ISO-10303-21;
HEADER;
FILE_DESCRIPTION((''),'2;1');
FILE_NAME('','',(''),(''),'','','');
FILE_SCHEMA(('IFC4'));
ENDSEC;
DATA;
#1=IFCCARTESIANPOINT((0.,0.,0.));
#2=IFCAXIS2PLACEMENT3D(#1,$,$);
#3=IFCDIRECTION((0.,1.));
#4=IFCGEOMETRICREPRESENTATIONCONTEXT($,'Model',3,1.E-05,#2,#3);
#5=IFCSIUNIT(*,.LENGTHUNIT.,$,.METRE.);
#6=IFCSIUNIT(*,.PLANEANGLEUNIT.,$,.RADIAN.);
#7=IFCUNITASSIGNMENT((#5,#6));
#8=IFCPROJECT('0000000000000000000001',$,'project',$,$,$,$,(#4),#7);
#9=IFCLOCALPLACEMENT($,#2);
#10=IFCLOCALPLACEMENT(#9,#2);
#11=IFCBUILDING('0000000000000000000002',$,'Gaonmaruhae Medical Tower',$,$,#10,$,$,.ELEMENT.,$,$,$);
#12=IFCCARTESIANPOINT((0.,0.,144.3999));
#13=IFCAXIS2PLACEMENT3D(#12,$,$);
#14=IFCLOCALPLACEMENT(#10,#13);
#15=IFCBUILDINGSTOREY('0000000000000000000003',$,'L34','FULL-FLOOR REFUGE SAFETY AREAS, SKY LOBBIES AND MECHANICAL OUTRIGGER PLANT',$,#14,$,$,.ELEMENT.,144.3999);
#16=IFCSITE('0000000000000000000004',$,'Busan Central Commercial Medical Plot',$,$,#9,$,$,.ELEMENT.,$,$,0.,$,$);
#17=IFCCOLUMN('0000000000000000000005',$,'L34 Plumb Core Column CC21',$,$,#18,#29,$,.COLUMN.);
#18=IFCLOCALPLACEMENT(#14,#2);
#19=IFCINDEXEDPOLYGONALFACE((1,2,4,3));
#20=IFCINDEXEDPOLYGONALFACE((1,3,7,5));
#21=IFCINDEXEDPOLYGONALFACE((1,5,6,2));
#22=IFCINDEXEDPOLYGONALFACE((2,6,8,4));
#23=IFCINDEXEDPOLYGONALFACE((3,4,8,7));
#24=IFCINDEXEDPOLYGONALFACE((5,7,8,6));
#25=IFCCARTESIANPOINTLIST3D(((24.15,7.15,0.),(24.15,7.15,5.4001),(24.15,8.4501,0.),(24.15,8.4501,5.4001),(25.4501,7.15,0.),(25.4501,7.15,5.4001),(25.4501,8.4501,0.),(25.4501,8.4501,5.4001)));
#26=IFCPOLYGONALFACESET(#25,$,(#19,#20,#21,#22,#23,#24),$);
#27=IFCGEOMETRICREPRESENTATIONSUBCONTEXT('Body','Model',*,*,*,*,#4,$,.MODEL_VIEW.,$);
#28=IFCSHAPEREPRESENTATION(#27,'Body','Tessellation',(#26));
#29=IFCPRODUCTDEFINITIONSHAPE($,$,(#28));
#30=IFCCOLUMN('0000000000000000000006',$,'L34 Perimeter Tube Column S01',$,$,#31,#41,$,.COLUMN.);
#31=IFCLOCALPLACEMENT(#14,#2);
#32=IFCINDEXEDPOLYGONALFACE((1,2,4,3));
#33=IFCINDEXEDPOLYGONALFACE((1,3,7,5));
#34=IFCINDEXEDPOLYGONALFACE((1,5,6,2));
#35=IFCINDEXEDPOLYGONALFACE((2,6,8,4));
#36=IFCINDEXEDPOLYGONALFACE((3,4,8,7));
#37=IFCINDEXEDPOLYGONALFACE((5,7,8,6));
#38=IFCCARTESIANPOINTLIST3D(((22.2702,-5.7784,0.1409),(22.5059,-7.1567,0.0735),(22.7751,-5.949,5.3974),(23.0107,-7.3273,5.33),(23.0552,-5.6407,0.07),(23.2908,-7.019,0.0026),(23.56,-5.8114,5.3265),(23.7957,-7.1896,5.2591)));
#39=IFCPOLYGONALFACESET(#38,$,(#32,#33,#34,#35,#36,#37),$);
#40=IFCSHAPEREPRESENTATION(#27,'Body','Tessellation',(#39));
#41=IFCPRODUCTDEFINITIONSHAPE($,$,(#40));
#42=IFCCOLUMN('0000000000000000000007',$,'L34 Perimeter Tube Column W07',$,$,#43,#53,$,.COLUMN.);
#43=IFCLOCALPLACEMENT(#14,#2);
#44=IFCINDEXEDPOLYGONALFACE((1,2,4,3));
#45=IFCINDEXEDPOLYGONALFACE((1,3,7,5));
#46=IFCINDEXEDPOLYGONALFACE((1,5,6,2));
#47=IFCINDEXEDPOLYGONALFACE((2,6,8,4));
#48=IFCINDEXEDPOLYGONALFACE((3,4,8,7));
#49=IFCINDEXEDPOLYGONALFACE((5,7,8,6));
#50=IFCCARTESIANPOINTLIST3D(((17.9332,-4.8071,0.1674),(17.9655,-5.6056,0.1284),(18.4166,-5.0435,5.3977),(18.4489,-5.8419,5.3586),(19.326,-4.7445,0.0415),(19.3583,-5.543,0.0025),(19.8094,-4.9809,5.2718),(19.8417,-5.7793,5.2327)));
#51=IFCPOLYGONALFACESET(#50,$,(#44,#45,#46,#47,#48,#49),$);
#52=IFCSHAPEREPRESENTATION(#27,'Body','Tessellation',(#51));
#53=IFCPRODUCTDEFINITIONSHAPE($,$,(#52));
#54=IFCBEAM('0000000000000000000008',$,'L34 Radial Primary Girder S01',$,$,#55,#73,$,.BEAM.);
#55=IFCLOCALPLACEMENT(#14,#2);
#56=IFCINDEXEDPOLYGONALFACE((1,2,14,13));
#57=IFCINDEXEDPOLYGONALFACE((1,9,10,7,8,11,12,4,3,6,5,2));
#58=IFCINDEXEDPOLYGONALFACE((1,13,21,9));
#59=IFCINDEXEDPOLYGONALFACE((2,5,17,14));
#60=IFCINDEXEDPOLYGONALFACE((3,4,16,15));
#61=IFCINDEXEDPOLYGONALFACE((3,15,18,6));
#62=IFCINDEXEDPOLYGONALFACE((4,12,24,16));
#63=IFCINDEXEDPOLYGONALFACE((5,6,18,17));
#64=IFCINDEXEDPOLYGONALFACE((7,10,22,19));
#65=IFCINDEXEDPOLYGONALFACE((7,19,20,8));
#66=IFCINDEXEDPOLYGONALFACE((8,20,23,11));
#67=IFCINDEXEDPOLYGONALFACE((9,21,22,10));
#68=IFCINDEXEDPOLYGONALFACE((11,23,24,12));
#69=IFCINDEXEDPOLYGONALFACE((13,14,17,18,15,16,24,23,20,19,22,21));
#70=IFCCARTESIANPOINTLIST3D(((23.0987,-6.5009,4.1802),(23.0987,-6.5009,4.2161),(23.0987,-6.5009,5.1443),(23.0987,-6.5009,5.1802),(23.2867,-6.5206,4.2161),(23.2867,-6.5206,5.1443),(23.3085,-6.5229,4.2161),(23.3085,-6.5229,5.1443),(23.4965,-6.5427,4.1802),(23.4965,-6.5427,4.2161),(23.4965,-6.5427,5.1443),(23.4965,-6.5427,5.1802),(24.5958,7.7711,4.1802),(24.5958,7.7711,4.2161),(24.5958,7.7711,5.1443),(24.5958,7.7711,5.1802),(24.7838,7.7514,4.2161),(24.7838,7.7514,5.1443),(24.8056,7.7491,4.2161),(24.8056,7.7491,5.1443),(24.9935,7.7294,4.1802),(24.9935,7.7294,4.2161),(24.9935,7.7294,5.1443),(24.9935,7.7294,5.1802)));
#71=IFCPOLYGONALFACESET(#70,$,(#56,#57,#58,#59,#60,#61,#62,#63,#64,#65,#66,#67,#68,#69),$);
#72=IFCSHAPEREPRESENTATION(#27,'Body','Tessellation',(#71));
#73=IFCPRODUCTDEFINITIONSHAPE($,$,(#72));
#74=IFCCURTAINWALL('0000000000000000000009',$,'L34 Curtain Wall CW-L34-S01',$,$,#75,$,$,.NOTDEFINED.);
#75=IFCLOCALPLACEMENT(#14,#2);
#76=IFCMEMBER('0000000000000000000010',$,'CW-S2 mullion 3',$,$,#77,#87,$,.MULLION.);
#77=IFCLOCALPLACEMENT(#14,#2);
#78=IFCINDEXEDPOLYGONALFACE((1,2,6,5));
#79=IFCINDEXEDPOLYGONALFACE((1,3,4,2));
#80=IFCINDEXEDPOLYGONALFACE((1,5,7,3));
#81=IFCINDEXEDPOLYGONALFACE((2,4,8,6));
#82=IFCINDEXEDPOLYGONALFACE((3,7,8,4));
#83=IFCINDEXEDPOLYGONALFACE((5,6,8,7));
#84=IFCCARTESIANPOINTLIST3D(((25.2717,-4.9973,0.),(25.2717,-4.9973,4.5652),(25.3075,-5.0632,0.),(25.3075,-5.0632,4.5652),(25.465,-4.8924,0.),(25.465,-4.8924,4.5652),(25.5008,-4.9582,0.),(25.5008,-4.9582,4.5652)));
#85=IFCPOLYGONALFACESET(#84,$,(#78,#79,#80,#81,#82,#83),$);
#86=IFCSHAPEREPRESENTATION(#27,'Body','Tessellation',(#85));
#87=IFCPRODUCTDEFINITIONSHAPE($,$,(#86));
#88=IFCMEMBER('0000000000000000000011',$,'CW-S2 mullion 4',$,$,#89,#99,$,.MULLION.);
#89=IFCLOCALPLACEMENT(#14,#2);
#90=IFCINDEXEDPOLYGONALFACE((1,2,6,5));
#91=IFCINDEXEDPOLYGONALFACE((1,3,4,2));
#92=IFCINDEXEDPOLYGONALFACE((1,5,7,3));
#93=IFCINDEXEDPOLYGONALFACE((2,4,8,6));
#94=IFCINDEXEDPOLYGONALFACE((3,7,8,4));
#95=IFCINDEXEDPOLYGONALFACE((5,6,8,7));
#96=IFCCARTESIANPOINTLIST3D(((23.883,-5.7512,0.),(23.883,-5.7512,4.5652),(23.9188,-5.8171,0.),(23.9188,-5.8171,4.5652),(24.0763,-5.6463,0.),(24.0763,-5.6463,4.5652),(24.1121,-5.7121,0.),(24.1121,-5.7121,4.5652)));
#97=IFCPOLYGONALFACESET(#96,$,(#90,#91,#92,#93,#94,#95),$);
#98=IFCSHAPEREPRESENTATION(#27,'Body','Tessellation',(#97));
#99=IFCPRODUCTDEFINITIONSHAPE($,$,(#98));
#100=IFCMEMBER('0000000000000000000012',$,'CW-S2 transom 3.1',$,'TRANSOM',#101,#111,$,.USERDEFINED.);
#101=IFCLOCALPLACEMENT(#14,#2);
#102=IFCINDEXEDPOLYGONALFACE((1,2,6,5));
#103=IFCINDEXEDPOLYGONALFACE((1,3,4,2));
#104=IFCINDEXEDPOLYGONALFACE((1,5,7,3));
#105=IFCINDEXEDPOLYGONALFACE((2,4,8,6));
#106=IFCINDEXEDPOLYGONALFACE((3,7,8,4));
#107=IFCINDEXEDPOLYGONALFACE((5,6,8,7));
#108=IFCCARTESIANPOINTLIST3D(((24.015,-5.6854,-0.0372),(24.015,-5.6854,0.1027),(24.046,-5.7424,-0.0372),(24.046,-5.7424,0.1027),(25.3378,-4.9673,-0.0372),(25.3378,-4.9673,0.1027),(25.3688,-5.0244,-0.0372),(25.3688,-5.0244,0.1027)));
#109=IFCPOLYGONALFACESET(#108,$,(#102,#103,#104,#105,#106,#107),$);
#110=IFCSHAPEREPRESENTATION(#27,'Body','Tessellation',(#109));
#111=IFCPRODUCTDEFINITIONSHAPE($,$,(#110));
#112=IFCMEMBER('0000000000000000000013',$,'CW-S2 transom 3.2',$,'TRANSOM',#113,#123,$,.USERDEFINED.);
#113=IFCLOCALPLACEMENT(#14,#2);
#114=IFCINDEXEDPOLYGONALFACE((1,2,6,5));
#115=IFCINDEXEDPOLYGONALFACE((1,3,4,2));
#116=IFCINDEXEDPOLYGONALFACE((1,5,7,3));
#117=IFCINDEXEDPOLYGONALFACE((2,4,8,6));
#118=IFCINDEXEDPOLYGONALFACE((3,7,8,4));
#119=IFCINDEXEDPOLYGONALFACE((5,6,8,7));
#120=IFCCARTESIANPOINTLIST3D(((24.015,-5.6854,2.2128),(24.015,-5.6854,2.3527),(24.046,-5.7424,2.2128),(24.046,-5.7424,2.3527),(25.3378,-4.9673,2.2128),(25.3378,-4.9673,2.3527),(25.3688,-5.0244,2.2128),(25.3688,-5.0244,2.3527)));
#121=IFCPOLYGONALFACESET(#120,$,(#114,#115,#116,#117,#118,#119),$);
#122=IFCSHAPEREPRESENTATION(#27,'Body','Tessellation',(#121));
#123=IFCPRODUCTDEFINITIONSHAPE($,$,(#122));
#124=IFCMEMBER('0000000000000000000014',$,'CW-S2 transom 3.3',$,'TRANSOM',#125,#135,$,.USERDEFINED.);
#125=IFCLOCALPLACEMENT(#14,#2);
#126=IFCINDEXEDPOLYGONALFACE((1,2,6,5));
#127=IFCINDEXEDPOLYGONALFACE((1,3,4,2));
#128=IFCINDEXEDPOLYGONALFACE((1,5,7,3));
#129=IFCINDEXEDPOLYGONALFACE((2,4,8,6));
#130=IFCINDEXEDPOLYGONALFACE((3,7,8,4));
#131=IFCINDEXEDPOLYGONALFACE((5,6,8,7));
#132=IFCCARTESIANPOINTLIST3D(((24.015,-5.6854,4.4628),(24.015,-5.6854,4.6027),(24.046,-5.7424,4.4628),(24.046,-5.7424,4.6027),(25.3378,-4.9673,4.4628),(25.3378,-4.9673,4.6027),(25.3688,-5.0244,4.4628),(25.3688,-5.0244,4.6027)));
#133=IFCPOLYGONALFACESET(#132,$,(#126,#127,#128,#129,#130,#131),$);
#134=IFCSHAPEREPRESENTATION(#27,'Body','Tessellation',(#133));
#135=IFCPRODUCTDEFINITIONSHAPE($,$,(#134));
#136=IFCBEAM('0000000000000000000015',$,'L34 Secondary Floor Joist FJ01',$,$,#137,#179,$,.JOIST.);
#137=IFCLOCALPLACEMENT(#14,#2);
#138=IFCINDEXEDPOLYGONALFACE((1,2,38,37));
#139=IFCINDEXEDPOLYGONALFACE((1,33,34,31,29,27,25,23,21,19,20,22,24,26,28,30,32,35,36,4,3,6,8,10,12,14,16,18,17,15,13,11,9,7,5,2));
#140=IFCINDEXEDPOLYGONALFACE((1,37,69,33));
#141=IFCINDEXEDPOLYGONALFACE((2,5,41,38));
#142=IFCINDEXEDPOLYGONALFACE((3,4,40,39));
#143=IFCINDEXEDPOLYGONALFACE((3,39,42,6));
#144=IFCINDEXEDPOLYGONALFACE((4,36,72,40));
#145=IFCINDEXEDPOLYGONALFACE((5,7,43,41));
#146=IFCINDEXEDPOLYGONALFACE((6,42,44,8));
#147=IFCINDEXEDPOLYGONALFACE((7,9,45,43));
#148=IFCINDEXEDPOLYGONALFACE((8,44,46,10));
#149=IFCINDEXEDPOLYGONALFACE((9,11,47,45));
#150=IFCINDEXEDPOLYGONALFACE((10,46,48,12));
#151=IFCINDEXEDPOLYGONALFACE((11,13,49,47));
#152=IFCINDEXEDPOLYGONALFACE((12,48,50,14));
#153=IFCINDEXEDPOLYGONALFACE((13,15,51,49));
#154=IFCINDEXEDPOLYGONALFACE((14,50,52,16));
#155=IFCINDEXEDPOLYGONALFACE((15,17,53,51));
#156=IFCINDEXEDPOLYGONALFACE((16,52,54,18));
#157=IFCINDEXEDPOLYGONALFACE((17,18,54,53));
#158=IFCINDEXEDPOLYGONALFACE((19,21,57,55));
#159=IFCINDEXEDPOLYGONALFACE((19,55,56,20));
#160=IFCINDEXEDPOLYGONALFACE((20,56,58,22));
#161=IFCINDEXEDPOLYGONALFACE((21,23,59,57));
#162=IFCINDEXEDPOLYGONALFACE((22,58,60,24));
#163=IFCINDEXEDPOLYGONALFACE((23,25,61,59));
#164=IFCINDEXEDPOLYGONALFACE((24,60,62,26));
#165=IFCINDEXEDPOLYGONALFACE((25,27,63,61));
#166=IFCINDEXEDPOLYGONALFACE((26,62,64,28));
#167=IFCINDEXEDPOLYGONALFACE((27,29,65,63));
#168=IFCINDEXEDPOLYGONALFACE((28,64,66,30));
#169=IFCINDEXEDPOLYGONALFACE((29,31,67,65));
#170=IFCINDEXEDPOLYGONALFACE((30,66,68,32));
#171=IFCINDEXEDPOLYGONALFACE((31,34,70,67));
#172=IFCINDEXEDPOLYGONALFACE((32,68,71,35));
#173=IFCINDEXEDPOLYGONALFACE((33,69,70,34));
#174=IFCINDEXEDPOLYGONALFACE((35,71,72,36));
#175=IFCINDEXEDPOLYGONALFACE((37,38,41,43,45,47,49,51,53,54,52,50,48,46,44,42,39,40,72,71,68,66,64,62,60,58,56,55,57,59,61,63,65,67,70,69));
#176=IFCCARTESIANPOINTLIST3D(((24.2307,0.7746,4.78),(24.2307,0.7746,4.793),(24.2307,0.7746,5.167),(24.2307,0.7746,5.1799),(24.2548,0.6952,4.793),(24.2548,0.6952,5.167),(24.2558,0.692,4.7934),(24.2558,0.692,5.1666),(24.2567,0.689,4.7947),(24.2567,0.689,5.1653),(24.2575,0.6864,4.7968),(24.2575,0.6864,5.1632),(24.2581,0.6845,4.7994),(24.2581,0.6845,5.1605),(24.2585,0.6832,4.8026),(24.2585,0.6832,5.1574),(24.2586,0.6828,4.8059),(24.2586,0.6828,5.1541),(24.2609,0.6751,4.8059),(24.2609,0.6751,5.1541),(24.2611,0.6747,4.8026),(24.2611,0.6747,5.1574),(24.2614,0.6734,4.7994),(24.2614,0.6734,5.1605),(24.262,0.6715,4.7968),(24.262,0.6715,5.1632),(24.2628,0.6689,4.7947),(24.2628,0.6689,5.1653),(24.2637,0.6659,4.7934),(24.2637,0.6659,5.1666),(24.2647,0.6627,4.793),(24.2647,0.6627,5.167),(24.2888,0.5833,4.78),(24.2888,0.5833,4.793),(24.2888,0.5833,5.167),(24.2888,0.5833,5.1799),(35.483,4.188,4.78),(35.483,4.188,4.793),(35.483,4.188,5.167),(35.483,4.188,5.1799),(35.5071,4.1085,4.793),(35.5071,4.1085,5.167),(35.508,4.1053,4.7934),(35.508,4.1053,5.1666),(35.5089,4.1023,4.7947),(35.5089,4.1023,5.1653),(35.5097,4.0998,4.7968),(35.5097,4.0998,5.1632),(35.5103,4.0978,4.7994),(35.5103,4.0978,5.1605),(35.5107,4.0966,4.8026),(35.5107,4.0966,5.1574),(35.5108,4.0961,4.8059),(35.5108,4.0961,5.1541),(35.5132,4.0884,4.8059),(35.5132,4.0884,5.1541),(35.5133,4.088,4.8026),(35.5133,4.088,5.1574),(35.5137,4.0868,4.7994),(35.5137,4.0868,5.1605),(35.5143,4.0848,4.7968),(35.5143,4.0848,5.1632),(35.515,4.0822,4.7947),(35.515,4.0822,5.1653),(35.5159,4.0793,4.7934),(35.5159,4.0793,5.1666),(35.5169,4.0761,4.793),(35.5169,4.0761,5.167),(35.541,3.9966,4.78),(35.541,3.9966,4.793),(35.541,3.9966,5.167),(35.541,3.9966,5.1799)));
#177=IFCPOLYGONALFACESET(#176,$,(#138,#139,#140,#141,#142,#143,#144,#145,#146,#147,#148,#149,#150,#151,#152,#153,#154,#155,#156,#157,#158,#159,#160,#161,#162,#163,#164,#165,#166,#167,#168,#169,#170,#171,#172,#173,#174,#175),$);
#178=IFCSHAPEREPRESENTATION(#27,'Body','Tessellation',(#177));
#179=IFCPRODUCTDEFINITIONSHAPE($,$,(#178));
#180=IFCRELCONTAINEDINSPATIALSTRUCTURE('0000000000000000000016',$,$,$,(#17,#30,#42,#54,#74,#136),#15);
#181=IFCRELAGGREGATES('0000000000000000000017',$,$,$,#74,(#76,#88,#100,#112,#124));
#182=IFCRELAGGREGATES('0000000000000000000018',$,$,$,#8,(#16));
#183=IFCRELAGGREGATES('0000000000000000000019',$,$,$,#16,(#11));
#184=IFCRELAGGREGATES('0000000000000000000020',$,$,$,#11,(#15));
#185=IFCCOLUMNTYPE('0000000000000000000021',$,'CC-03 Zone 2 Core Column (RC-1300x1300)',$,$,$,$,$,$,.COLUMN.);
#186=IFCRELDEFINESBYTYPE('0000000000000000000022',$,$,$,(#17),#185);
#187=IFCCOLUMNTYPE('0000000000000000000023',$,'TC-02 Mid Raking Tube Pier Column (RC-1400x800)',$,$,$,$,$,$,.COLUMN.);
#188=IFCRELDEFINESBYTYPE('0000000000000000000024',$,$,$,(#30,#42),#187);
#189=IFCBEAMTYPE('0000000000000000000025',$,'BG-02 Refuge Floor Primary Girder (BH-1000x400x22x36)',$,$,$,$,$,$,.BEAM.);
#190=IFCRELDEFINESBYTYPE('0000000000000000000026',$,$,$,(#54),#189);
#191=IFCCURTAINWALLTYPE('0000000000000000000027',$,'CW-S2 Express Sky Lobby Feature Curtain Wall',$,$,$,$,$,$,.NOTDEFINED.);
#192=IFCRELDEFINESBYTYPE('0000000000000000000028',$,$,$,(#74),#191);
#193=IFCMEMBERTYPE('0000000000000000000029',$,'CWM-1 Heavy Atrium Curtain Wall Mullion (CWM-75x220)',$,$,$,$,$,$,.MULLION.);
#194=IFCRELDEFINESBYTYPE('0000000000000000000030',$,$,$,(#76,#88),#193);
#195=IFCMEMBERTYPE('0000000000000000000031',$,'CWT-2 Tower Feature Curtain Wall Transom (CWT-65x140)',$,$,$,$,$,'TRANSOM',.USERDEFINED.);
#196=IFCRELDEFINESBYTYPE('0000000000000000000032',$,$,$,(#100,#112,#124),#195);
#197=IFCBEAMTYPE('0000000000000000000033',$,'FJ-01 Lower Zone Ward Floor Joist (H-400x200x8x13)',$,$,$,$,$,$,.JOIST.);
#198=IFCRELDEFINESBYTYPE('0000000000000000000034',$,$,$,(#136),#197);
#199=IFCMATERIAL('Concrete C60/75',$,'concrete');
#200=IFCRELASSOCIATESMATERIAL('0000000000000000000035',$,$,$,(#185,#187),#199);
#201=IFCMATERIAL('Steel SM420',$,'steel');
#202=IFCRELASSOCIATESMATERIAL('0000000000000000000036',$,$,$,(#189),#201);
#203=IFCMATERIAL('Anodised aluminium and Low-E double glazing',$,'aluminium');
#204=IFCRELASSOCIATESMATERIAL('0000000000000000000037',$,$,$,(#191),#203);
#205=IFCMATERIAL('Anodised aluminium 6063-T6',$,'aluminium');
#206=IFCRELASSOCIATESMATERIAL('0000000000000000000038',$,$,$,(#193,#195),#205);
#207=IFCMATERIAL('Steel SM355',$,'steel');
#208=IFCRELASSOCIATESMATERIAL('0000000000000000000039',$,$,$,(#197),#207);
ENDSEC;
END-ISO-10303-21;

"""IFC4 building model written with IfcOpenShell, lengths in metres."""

from ifc_helpers import new_model, si_unit, direction, frame, origin, origin_2d, place, context, subcontext, project, spatial, rectangle, i_section, extrude, material, material_profile, profile_set, type_object, element, aggregate, save


model = new_model("IFC4")

# Units and contexts
model_context = context("Model", 3, precision=1e-05, world=origin(), true_north=direction((0.0, 1.0)))
body_context = subcontext(model_context, "Body", "Model", "MODEL_VIEW")
ifc_project = project(units=[si_unit("LENGTHUNIT", "METRE"), si_unit("PLANEANGLEUNIT", "RADIAN")], contexts=[model_context])

# Site, building, storey
site_placement = place(None, origin())
site = spatial("IfcSite", under=ifc_project, at=site_placement, Name="Busan Central Commercial Medical Plot", CompositionType="ELEMENT", RefElevation=0.0)
building_placement = place(site_placement, origin())
building = spatial("IfcBuilding", under=site, at=building_placement, Name="Gaonmaruhae Medical Tower", CompositionType="ELEMENT")
storey_placement = place(building_placement, frame((0.0, 0.0, 144.3999)))
storey = spatial("IfcBuildingStorey", under=building, at=storey_placement, Name="L34", Description="FULL-FLOOR REFUGE SAFETY AREAS, SKY LOBBIES AND MECHANICAL OUTRIGGER PLANT", CompositionType="ELEMENT", Elevation=144.3999)

# Columns
ifc_material_1 = material(Name="Concrete C60/75", Category="concrete")
ifc_material_profile_1 = material_profile(ifc_material_1, rectangle(XDim=1.3, YDim=1.3, at=origin_2d()), Name="RC-1300x1300")
ifc_profile_set_1 = profile_set([ifc_material_profile_1], Name="Concrete C60/75")
column_type_1 = type_object("IfcColumnType", Name="CC-03 Zone 2 Core Column (RC-1300x1300)", PredefinedType="COLUMN", material=ifc_profile_set_1)
column_1_placement = place(storey_placement, frame((24.8, 7.8, 0.0), z_axis=(0.0, 0.0, 1.0), x_axis=(1.0, 0.0, 0.0)))
element("IfcColumn", 1, at=column_1_placement, inside=storey, type_object=column_type_1, Name="L34 Plumb Core Column CC21", PredefinedType="COLUMN", context=body_context, shape_type="SweptSolid", body=[
    extrude(rectangle(XDim=1.3, YDim=1.3, at=origin_2d()), origin(), (0.0, 0.0, 1.0), 5.4001),
])
ifc_material_profile_2 = material_profile(ifc_material_1, rectangle(XDim=1.3999, YDim=0.8, at=origin_2d()), Name="RC-1400x800")
ifc_profile_set_2 = profile_set([ifc_material_profile_2], Name="Concrete C60/75")
column_type_2 = type_object("IfcColumnType", Name="TC-02 Mid Raking Tube Pier Column (RC-1400x800)", PredefinedType="COLUMN", material=ifc_profile_set_2)
column_2_placement = place(storey_placement, frame((22.7805, -6.3987, 0.0718), z_axis=(0.095558, -0.032299, 0.9949), x_axis=(-0.168323, 0.984556, 0.04813)))
element("IfcColumn", 2, at=column_2_placement, inside=storey, type_object=column_type_2, Name="L34 Perimeter Tube Column S01", PredefinedType="COLUMN", context=body_context, shape_type="SweptSolid", body=[
    extrude(rectangle(XDim=1.3999, YDim=0.8, at=origin_2d()), origin(), (0.0, 0.0, 1.0), 5.2834),
])
column_3_placement = place(storey_placement, frame((18.6458, -5.175, 0.085), z_axis=(0.091939, -0.044948, 0.99475), x_axis=(-0.994943, -0.044713, 0.089936)))
element("IfcColumn", 3, at=column_3_placement, inside=storey, type_object=column_type_2, Name="L34 Perimeter Tube Column W07", PredefinedType="COLUMN", context=body_context, shape_type="SweptSolid", body=[
    extrude(rectangle(XDim=1.3999, YDim=0.8, at=origin_2d()), origin(), (0.0, 0.0, 1.0), 5.2578),
])

# Beam
ifc_material_2 = material(Name="Steel SM420", Category="steel")
ifc_material_profile_3 = material_profile(ifc_material_2, i_section(OverallWidth=0.3999, OverallDepth=1.0, WebThickness=0.022, FlangeThickness=0.0359, at=origin_2d()), Name="BH-1000x400x22x36")
ifc_profile_set_3 = profile_set([ifc_material_profile_3], Name="Steel SM420")
beam_type_1 = type_object("IfcBeamType", Name="BG-02 Refuge Floor Primary Girder (BH-1000x400x22x36)", PredefinedType="BEAM", material=ifc_profile_set_3)
beam_1_placement = place(storey_placement, frame((24.7947, 7.7502, 4.6802), z_axis=(-0.104323, -0.994543, 0.0), x_axis=(0.994543, -0.104323, 0.0)))
element("IfcBeam", 4, at=beam_1_placement, inside=storey, type_object=beam_type_1, Name="L34 Radial Primary Girder S01", PredefinedType="BEAM", context=body_context, shape_type="SweptSolid", body=[
    extrude(i_section(OverallWidth=0.3999, OverallDepth=1.0, WebThickness=0.022, FlangeThickness=0.0359, at=origin_2d()), origin(), (0.0, 0.0, 1.0), 14.3503),
])

# Curtain wall, members
ifc_material_3 = material(Name="Anodised aluminium and Low-E double glazing", Category="aluminium")
curtain_wall_type = type_object("IfcCurtainWallType", Name="CW-S2 Express Sky Lobby Feature Curtain Wall", PredefinedType="NOTDEFINED", material=ifc_material_3)
curtain_wall_placement = place(storey_placement, origin())
curtain_wall = element("IfcCurtainWall", 5, at=curtain_wall_placement, inside=storey, type_object=curtain_wall_type, Name="L34 Curtain Wall CW-L34-S01", PredefinedType="NOTDEFINED")
ifc_material_4 = material(Name="Anodised aluminium 6063-T6", Category="aluminium")
ifc_material_profile_4 = material_profile(ifc_material_4, rectangle(XDim=0.075, YDim=0.22, at=origin_2d()), Name="CWM-75x220")
ifc_profile_set_4 = profile_set([ifc_material_profile_4], Name="Anodised aluminium 6063-T6")
member_type_1 = type_object("IfcMemberType", Name="CWM-1 Heavy Atrium Curtain Wall Mullion (CWM-75x220)", PredefinedType="MULLION", material=ifc_profile_set_4)
member_1_placement = place(storey_placement, frame((25.3862, -4.9778, 0.0), z_axis=(0.0, 0.0, 1.0), x_axis=(0.477169, -0.878811, 0.0)))
member_1 = element("IfcMember", 6, at=member_1_placement, type_object=member_type_1, Name="CW-S2 mullion 3", PredefinedType="MULLION", context=body_context, shape_type="SweptSolid", body=[
    extrude(rectangle(XDim=0.075, YDim=0.22, at=origin_2d()), origin(), (0.0, 0.0, 1.0), 4.5652),
])
member_2_placement = place(storey_placement, frame((23.9976, -5.7317, 0.0), z_axis=(0.0, 0.0, 1.0), x_axis=(0.477169, -0.878811, 0.0)))
member_2 = element("IfcMember", 7, at=member_2_placement, type_object=member_type_1, Name="CW-S2 mullion 4", PredefinedType="MULLION", context=body_context, shape_type="SweptSolid", body=[
    extrude(rectangle(XDim=0.075, YDim=0.22, at=origin_2d()), origin(), (0.0, 0.0, 1.0), 4.5652),
])
ifc_material_profile_5 = material_profile(ifc_material_4, rectangle(XDim=0.0649, YDim=0.1399, at=origin_2d()), Name="CWT-65x140")
ifc_profile_set_5 = profile_set([ifc_material_profile_5], Name="Anodised aluminium 6063-T6")
member_type_2 = type_object("IfcMemberType", Name="CWT-2 Tower Feature Curtain Wall Transom (CWT-65x140)", ElementType="TRANSOM", PredefinedType="USERDEFINED", material=ifc_profile_set_5)
member_3_placement = place(storey_placement, frame((25.3533, -4.9958, 0.0327), z_axis=(-0.878867, -0.477067, 0.0), x_axis=(0.477067, -0.878867, 0.0)))
member_3 = element("IfcMember", 8, at=member_3_placement, type_object=member_type_2, Name="CW-S2 transom 3.1", ObjectType="TRANSOM", PredefinedType="USERDEFINED", context=body_context, shape_type="SweptSolid", body=[
    extrude(rectangle(XDim=0.0649, YDim=0.1399, at=origin_2d()), origin(), (0.0, 0.0, 1.0), 1.5051),
])
member_4_placement = place(storey_placement, frame((25.3533, -4.9958, 2.2827), z_axis=(-0.878867, -0.477067, 0.0), x_axis=(0.477067, -0.878867, 0.0)))
member_4 = element("IfcMember", 9, at=member_4_placement, type_object=member_type_2, Name="CW-S2 transom 3.2", ObjectType="TRANSOM", PredefinedType="USERDEFINED", context=body_context, shape_type="SweptSolid", body=[
    extrude(rectangle(XDim=0.0649, YDim=0.1399, at=origin_2d()), origin(), (0.0, 0.0, 1.0), 1.5051),
])
member_5_placement = place(storey_placement, frame((25.3533, -4.9958, 4.5327), z_axis=(-0.878867, -0.477067, 0.0), x_axis=(0.477067, -0.878867, 0.0)))
member_5 = element("IfcMember", 10, at=member_5_placement, type_object=member_type_2, Name="CW-S2 transom 3.3", ObjectType="TRANSOM", PredefinedType="USERDEFINED", context=body_context, shape_type="SweptSolid", body=[
    extrude(rectangle(XDim=0.0649, YDim=0.1399, at=origin_2d()), origin(), (0.0, 0.0, 1.0), 1.5051),
])

# Beam
ifc_material_5 = material(Name="Steel SM355", Category="steel")
ifc_material_profile_6 = material_profile(ifc_material_5, i_section(OverallWidth=0.2, OverallDepth=0.3999, WebThickness=0.0081, FlangeThickness=0.0129, FilletRadius=0.0129, at=origin_2d()), Name="H-400x200x8x13")
ifc_profile_set_6 = profile_set([ifc_material_profile_6], Name="Steel SM355")
beam_type_2 = type_object("IfcBeamType", Name="FJ-01 Lower Zone Ward Floor Joist (H-400x200x8x13)", PredefinedType="JOIST", material=ifc_profile_set_6)
beam_2_placement = place(storey_placement, frame((24.2598, 0.679, 4.98), z_axis=(0.95694, 0.290286, 0.0), x_axis=(-0.290286, 0.95694, 0.0)))
element("IfcBeam", 11, at=beam_2_placement, inside=storey, type_object=beam_type_2, Name="L34 Secondary Floor Joist FJ01", PredefinedType="JOIST", context=body_context, shape_type="SweptSolid", body=[
    extrude(i_section(OverallWidth=0.2, OverallDepth=0.3999, WebThickness=0.0081, FlangeThickness=0.0129, FilletRadius=0.0129, at=origin_2d()), origin(), (0.0, 0.0, 1.0), 11.7585),
])

aggregate(curtain_wall, [member_1, member_2, member_3, member_4, member_5])

save(model, "model.ifc")
